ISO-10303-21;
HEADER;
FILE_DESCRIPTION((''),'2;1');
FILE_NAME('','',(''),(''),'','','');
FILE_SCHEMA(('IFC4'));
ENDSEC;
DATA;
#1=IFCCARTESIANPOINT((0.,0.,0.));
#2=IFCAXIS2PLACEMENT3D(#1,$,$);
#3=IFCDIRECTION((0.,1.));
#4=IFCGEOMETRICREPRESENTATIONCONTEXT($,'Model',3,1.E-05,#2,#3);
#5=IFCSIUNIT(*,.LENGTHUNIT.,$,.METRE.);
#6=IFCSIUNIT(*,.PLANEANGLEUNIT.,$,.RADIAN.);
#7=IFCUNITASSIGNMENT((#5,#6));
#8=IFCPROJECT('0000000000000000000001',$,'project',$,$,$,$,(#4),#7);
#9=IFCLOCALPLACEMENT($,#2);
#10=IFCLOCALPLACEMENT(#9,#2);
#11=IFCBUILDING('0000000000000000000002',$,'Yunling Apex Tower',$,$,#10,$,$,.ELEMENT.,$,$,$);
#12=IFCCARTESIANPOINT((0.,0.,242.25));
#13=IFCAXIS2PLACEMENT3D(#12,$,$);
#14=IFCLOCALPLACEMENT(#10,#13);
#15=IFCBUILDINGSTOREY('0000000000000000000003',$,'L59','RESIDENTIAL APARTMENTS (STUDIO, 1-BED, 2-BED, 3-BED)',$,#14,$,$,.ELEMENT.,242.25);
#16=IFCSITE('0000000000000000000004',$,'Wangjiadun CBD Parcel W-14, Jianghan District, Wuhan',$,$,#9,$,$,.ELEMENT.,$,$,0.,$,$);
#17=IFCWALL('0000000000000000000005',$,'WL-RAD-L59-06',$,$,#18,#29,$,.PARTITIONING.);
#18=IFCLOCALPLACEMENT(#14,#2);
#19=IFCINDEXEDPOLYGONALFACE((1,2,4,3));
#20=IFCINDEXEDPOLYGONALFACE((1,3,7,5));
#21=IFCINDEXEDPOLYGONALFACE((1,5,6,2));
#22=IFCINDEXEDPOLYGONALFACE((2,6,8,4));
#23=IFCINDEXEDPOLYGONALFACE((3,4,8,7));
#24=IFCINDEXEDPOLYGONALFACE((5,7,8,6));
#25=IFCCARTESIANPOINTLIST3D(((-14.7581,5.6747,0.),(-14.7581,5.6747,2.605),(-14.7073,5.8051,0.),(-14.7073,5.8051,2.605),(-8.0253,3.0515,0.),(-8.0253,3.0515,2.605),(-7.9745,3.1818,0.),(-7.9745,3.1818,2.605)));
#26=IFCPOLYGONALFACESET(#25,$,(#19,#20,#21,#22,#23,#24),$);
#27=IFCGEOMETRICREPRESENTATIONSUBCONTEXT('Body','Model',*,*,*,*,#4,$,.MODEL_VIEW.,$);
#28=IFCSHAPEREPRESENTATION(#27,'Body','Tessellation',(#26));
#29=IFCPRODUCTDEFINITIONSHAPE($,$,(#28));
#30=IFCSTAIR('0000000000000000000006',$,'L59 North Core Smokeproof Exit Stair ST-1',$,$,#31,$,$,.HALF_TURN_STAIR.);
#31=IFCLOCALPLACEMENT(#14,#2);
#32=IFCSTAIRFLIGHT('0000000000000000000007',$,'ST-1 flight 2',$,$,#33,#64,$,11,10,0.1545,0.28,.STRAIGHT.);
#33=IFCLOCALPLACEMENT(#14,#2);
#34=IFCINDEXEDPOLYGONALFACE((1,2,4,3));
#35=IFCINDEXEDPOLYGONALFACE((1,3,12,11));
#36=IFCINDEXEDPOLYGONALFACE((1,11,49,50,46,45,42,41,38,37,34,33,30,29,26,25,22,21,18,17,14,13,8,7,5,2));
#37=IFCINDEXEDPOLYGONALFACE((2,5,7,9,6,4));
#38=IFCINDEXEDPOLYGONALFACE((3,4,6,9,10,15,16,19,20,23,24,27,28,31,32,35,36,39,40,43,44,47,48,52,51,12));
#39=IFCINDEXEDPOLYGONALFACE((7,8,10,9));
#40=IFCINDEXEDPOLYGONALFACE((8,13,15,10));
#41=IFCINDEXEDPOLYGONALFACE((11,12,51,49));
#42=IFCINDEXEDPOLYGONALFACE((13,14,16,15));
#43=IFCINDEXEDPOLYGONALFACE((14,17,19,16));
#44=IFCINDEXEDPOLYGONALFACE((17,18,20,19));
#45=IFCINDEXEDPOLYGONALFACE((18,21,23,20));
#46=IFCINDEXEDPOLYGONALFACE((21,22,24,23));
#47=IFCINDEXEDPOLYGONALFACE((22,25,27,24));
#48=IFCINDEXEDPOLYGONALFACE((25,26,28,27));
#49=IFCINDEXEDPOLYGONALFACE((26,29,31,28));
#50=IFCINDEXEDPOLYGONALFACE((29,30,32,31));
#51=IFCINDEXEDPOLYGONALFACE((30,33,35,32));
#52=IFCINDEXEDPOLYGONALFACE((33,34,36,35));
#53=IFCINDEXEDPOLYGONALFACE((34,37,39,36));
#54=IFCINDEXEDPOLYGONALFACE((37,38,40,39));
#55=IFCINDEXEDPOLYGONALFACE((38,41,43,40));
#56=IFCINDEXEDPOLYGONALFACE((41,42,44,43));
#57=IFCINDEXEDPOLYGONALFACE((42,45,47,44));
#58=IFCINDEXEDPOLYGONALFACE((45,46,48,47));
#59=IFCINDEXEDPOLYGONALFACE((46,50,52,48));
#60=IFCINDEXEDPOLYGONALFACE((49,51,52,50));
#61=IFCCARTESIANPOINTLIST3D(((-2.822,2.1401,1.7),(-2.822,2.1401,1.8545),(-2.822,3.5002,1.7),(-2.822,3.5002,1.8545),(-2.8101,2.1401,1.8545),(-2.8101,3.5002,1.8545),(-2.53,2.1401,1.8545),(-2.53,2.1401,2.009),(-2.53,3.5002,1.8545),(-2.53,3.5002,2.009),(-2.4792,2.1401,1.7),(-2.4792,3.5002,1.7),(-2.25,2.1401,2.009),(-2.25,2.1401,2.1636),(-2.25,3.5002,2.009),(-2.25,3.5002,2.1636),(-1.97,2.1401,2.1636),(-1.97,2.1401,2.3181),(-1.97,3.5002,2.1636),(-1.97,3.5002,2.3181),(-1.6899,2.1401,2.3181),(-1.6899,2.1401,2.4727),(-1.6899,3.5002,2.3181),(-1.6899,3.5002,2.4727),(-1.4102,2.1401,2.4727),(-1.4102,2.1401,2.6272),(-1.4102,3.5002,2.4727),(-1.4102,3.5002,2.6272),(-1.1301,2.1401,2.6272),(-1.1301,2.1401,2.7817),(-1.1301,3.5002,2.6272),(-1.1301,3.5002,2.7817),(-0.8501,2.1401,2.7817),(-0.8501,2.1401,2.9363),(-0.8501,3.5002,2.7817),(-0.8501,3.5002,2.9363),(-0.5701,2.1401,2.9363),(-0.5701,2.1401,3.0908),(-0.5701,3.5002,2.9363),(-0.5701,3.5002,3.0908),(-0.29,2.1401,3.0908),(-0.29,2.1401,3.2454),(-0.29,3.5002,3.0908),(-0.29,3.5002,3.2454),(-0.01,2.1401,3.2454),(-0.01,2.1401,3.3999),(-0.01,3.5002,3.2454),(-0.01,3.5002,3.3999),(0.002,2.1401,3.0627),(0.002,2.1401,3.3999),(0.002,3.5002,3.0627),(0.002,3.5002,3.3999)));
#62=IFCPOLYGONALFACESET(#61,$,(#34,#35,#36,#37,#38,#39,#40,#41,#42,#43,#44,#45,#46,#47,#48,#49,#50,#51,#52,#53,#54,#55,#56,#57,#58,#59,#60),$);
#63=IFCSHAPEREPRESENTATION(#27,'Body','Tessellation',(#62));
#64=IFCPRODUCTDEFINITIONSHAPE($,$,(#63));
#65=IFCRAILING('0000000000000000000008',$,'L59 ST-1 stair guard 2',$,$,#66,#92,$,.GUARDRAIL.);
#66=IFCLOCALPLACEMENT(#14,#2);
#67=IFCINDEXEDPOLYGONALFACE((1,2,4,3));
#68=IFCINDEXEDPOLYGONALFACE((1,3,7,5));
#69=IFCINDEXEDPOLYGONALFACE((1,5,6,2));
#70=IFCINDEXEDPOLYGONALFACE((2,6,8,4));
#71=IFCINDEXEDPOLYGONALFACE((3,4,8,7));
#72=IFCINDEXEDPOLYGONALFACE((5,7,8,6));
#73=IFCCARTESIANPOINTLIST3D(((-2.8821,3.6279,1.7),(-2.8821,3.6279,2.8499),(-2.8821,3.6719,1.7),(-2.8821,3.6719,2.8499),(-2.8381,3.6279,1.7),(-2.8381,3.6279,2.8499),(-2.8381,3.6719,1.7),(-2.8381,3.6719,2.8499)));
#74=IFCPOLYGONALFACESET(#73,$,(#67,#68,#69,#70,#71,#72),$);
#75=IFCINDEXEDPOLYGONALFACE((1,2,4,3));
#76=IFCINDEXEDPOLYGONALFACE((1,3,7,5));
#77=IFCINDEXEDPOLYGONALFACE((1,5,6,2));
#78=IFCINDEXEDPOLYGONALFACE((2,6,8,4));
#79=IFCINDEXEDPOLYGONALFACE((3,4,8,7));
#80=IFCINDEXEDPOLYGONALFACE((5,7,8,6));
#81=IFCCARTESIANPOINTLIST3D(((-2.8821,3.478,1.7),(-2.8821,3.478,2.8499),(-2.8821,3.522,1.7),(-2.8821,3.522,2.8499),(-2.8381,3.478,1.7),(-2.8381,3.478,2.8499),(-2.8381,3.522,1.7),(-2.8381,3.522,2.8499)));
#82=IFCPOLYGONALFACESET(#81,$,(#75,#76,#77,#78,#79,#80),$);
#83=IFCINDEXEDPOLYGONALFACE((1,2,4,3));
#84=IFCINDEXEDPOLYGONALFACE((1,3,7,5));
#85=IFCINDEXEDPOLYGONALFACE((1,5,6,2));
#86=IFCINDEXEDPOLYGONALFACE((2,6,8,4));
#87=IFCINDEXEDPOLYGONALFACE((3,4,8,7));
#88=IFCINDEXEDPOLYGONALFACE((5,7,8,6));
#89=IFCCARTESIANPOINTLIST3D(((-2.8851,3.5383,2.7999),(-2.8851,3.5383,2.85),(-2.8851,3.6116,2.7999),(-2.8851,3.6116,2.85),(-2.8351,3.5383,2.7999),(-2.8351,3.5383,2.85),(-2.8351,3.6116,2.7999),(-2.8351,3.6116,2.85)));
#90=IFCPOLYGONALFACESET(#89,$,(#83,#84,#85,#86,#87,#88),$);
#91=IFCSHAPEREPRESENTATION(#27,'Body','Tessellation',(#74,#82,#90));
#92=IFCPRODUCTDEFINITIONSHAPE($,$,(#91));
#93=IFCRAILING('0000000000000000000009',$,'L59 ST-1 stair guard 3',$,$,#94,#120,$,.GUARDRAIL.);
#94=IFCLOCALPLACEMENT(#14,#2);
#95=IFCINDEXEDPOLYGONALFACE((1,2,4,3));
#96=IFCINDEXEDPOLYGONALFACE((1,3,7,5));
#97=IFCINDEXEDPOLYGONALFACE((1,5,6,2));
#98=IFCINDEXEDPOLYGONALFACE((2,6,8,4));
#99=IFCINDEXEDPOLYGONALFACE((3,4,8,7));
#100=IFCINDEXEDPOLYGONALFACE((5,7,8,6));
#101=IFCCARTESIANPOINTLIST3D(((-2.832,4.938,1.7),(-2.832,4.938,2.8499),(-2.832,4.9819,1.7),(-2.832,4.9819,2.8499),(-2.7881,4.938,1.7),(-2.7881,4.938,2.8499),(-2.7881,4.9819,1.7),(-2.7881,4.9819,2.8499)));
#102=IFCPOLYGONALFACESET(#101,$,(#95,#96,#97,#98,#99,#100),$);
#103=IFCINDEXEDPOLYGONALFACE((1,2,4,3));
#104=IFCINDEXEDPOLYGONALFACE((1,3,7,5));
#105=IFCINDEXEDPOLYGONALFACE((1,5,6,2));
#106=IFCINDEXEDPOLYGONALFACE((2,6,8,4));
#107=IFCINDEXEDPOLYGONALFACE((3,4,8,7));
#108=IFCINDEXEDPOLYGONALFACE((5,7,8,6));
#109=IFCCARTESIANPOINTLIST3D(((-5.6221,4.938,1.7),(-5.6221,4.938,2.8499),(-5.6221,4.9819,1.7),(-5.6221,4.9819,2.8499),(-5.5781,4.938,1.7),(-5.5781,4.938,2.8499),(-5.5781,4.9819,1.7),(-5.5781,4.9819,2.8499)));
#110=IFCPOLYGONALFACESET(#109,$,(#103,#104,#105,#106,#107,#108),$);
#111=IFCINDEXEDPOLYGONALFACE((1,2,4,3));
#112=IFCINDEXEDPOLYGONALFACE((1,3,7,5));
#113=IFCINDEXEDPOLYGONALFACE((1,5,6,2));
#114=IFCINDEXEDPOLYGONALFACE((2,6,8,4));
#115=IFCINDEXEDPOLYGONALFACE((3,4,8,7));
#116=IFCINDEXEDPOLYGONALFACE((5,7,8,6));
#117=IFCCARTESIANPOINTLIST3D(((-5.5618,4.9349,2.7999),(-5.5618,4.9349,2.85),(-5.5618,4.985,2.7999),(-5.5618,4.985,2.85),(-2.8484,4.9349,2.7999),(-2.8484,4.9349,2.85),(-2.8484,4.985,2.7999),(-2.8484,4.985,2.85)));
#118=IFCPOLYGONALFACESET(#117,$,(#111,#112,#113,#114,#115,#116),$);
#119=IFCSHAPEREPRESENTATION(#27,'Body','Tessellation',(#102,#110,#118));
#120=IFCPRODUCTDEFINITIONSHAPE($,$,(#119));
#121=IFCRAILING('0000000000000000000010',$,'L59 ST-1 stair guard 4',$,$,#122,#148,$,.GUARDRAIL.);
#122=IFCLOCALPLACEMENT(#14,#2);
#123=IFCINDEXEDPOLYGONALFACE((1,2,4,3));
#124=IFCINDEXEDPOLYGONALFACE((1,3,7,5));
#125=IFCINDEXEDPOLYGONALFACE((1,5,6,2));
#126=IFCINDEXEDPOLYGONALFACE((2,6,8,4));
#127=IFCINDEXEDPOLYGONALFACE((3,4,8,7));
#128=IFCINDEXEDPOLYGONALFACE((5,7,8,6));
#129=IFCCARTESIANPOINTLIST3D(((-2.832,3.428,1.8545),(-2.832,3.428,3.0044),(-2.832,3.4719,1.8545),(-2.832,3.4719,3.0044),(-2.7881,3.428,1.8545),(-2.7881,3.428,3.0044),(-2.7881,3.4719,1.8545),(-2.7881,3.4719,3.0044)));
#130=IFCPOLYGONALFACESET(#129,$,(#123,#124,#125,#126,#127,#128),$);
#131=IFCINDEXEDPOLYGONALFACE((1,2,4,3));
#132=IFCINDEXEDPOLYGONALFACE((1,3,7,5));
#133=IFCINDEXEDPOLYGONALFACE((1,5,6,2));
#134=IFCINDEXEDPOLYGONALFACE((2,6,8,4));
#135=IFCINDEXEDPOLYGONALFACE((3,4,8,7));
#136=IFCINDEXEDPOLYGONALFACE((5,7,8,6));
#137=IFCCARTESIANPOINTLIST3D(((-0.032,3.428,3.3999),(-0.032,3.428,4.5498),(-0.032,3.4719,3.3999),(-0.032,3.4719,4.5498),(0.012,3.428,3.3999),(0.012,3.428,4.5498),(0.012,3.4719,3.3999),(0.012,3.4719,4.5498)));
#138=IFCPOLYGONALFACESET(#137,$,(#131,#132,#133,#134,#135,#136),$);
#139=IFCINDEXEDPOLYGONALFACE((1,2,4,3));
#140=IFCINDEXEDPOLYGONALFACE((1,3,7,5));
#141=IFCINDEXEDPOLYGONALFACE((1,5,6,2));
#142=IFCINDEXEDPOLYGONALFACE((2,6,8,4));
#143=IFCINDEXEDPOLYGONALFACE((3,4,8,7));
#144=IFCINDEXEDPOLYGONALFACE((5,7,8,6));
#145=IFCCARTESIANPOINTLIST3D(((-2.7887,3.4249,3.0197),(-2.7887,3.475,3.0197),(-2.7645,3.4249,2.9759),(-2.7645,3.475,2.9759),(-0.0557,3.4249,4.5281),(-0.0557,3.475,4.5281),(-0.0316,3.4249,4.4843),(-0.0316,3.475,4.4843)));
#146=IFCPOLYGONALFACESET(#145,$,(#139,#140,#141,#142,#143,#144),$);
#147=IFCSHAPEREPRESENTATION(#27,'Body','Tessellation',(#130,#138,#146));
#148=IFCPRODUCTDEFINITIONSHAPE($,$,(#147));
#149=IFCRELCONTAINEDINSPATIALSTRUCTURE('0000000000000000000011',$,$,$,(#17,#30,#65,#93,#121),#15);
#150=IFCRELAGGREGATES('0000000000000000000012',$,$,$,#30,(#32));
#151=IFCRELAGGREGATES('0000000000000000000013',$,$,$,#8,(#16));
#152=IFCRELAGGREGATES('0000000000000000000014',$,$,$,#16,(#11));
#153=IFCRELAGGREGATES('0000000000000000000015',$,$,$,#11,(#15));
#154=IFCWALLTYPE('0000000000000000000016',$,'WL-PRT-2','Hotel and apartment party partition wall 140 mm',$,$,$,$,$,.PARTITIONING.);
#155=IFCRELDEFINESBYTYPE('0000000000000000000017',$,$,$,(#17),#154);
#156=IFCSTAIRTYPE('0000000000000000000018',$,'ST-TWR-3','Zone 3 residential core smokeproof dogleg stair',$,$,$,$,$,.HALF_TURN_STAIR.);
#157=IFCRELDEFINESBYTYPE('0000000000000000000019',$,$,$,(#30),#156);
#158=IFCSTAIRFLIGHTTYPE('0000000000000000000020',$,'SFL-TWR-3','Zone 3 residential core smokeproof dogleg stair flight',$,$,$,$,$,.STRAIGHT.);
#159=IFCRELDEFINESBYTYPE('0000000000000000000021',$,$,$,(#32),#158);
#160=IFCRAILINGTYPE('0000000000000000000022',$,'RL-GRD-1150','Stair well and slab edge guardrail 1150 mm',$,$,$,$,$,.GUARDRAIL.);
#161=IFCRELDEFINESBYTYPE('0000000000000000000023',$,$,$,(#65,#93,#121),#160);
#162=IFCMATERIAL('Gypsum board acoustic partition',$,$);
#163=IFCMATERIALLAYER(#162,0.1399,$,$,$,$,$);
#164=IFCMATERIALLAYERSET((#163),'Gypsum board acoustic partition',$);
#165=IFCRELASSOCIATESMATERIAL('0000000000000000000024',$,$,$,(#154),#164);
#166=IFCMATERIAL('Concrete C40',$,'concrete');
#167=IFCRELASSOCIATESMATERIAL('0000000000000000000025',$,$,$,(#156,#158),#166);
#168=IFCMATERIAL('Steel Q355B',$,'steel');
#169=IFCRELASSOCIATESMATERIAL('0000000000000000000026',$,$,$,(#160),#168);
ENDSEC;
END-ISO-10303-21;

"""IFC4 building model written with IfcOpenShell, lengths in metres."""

from ifc_helpers import new_model, si_unit, direction, frame, frame_2d, origin, origin_2d, place, context, subcontext, project, spatial, polyline, rectangle, outline, extrude, material, layer, layer_set, type_object, element, aggregate, save


model = new_model("IFC4")

# Units and contexts
model_context = context("Model", 3, precision=1e-05, world=origin(), true_north=direction((0.0, 1.0)))
body_context = subcontext(model_context, "Body", "Model", "MODEL_VIEW")
ifc_project = project(units=[si_unit("LENGTHUNIT", "METRE"), si_unit("PLANEANGLEUNIT", "RADIAN")], contexts=[model_context])

# Site, building, storey
site_placement = place(None, origin())
site = spatial("IfcSite", under=ifc_project, at=site_placement, Name="Wangjiadun CBD Parcel W-14, Jianghan District, Wuhan", CompositionType="ELEMENT", RefElevation=0.0)
building_placement = place(site_placement, origin())
building = spatial("IfcBuilding", under=site, at=building_placement, Name="Yunling Apex Tower", CompositionType="ELEMENT")
storey_placement = place(building_placement, frame((0.0, 0.0, 242.25)))
storey = spatial("IfcBuildingStorey", under=building, at=storey_placement, Name="L59", Description="RESIDENTIAL APARTMENTS (STUDIO, 1-BED, 2-BED, 3-BED)", CompositionType="ELEMENT", Elevation=242.25)

# Shared definitions
ifc_material_1 = material(Name="Steel Q355B", Category="steel")

# Shared definitions
ifc_material_2 = material(Name="Concrete C40", Category="concrete")

# Shared definitions
ifc_material_3 = material(Name="Gypsum board acoustic partition")

# Wall
ifc_layer_1 = layer(ifc_material_3, 0.1399)
ifc_layer_set_1 = layer_set([ifc_layer_1], Name="Gypsum board acoustic partition")
wall_type_1 = type_object("IfcWallType", Name="WL-PRT-2", Description="Hotel and apartment party partition wall 140 mm", PredefinedType="PARTITIONING", material=ifc_layer_set_1)
wall_1_placement = place(storey_placement, frame((-8.0, 3.1167, 0.0), z_axis=(0.0, 0.0, 1.0), x_axis=(-0.931774, 0.36304, 0.0)))
element("IfcWall", 1, at=wall_1_placement, inside=storey, type_object=wall_type_1, Name="WL-RAD-L59-06", PredefinedType="PARTITIONING", context=body_context, shape_type="SweptSolid", body=[
    extrude(rectangle(XDim=7.2258, YDim=0.1399, at=frame_2d((3.6128, 0.0))), origin(), (0.0, 0.0, 1.0), 2.605),
])

# Stair, stair flight
stair_type = type_object("IfcStairType", Name="ST-TWR-3", Description="Zone 3 residential core smokeproof dogleg stair", PredefinedType="HALF_TURN_STAIR", material=ifc_material_2)
stair_placement = place(storey_placement, origin())
stair = element("IfcStair", 2, at=stair_placement, inside=storey, type_object=stair_type, Name="L59 North Core Smokeproof Exit Stair ST-1", PredefinedType="HALF_TURN_STAIR")
stair_flight_type = type_object("IfcStairFlightType", Name="SFL-TWR-3", Description="Zone 3 residential core smokeproof dogleg stair flight", PredefinedType="STRAIGHT", material=ifc_material_2)
stair_flight_placement = place(storey_placement, frame((-2.8101, 2.8201, 1.7), z_axis=(0.0, 0.0, 1.0), x_axis=(1.0, 0.0, 0.0)))
stair_flight = element("IfcStairFlight", 3, at=stair_flight_placement, type_object=stair_flight_type, Name="ST-1 flight 2", NumberOfRisers=11, NumberOfTreads=10, PredefinedType="STRAIGHT", RiserHeight=0.1545, TreadLength=0.28, context=body_context, shape_type="SweptSolid", body=[
    extrude(outline(polyline([(-0.012, 0.0), (-0.012, 0.1545), (0.0, 0.1545), (0.28, 0.1545), (0.28, 0.3091), (0.5601, 0.3091), (0.5601, 0.4636), (0.8401, 0.4636), (0.8401, 0.6182), (1.1201, 0.6182), (1.1201, 0.7727), (1.3999, 0.7727), (1.3999, 0.9272), (1.6799, 0.9272), (1.6799, 1.0818), (1.96, 1.0818), (1.96, 1.2363), (2.24, 1.2363), (2.24, 1.3909), (2.52, 1.3909), (2.52, 1.5454), (2.8, 1.5454), (2.8, 1.7), (2.812, 1.7), (2.812, 1.3628), (0.3308, 0.0), (-0.012, 0.0)])), frame((0.0, 0.6802, 0.0), z_axis=(0.0, -1.0, 0.0), x_axis=(1.0, 0.0, 0.0)), (0.0, 0.0, 1.0), 1.3601),
])
aggregate(stair, [stair_flight])

# Railings
railing_type = type_object("IfcRailingType", Name="RL-GRD-1150", Description="Stair well and slab edge guardrail 1150 mm", PredefinedType="GUARDRAIL", material=ifc_material_1)
railing_1_placement = place(storey_placement, frame((-2.8601, 3.6499, 1.7)))
element("IfcRailing", 4, at=railing_1_placement, inside=storey, type_object=railing_type, Name="L59 ST-1 stair guard 2", PredefinedType="GUARDRAIL", context=body_context, shape_type="SweptSolid", body=[
    extrude(rectangle(XDim=0.0439, YDim=0.0439, at=origin_2d()), origin(), (0.0, 0.0, 1.0), 1.1499),
    extrude(rectangle(XDim=0.0439, YDim=0.0439, at=origin_2d()), frame((0.0, -0.1499, 0.0)), (0.0, 0.0, 1.0), 1.1499),
    extrude(rectangle(XDim=0.05, YDim=0.05, at=origin_2d()), frame((0.0, -0.0383, 1.125), z_axis=(0.0, -1.0, 0.0), x_axis=(1.0, 0.0, 0.0)), (0.0, 0.0, 1.0), 0.0732),
])
railing_2_placement = place(storey_placement, frame((-2.8101, 4.96, 1.7)))
element("IfcRailing", 5, at=railing_2_placement, inside=storey, type_object=railing_type, Name="L59 ST-1 stair guard 3", PredefinedType="GUARDRAIL", context=body_context, shape_type="SweptSolid", body=[
    extrude(rectangle(XDim=0.0439, YDim=0.0439, at=origin_2d()), origin(), (0.0, 0.0, 1.0), 1.1499),
    extrude(rectangle(XDim=0.0439, YDim=0.0439, at=origin_2d()), frame((-2.79, 0.0, 0.0)), (0.0, 0.0, 1.0), 1.1499),
    extrude(rectangle(XDim=0.05, YDim=0.05, at=origin_2d()), frame((-0.0383, 0.0, 1.125), z_axis=(-1.0, 0.0, 0.0), x_axis=(0.0, -1.0, 0.0)), (0.0, 0.0, 1.0), 2.7134),
])
railing_3_placement = place(storey_placement, frame((-2.8101, 3.45, 1.8545)))
element("IfcRailing", 6, at=railing_3_placement, inside=storey, type_object=railing_type, Name="L59 ST-1 stair guard 4", PredefinedType="GUARDRAIL", context=body_context, shape_type="SweptSolid", body=[
    extrude(rectangle(XDim=0.0439, YDim=0.0439, at=origin_2d()), origin(), (0.0, 0.0, 1.0), 1.1499),
    extrude(rectangle(XDim=0.0439, YDim=0.0439, at=origin_2d()), frame((2.8, 0.0, 1.5454)), (0.0, 0.0, 1.0), 1.1499),
    extrude(rectangle(XDim=0.05, YDim=0.05, at=origin_2d()), frame((0.0334, 0.0, 1.1433), z_axis=(0.875504, 0.0, 0.483211), x_axis=(0.0, 1.0, 0.0)), (0.0, 0.0, 1.0), 3.1216),
])

save(model, "model.ifc")
